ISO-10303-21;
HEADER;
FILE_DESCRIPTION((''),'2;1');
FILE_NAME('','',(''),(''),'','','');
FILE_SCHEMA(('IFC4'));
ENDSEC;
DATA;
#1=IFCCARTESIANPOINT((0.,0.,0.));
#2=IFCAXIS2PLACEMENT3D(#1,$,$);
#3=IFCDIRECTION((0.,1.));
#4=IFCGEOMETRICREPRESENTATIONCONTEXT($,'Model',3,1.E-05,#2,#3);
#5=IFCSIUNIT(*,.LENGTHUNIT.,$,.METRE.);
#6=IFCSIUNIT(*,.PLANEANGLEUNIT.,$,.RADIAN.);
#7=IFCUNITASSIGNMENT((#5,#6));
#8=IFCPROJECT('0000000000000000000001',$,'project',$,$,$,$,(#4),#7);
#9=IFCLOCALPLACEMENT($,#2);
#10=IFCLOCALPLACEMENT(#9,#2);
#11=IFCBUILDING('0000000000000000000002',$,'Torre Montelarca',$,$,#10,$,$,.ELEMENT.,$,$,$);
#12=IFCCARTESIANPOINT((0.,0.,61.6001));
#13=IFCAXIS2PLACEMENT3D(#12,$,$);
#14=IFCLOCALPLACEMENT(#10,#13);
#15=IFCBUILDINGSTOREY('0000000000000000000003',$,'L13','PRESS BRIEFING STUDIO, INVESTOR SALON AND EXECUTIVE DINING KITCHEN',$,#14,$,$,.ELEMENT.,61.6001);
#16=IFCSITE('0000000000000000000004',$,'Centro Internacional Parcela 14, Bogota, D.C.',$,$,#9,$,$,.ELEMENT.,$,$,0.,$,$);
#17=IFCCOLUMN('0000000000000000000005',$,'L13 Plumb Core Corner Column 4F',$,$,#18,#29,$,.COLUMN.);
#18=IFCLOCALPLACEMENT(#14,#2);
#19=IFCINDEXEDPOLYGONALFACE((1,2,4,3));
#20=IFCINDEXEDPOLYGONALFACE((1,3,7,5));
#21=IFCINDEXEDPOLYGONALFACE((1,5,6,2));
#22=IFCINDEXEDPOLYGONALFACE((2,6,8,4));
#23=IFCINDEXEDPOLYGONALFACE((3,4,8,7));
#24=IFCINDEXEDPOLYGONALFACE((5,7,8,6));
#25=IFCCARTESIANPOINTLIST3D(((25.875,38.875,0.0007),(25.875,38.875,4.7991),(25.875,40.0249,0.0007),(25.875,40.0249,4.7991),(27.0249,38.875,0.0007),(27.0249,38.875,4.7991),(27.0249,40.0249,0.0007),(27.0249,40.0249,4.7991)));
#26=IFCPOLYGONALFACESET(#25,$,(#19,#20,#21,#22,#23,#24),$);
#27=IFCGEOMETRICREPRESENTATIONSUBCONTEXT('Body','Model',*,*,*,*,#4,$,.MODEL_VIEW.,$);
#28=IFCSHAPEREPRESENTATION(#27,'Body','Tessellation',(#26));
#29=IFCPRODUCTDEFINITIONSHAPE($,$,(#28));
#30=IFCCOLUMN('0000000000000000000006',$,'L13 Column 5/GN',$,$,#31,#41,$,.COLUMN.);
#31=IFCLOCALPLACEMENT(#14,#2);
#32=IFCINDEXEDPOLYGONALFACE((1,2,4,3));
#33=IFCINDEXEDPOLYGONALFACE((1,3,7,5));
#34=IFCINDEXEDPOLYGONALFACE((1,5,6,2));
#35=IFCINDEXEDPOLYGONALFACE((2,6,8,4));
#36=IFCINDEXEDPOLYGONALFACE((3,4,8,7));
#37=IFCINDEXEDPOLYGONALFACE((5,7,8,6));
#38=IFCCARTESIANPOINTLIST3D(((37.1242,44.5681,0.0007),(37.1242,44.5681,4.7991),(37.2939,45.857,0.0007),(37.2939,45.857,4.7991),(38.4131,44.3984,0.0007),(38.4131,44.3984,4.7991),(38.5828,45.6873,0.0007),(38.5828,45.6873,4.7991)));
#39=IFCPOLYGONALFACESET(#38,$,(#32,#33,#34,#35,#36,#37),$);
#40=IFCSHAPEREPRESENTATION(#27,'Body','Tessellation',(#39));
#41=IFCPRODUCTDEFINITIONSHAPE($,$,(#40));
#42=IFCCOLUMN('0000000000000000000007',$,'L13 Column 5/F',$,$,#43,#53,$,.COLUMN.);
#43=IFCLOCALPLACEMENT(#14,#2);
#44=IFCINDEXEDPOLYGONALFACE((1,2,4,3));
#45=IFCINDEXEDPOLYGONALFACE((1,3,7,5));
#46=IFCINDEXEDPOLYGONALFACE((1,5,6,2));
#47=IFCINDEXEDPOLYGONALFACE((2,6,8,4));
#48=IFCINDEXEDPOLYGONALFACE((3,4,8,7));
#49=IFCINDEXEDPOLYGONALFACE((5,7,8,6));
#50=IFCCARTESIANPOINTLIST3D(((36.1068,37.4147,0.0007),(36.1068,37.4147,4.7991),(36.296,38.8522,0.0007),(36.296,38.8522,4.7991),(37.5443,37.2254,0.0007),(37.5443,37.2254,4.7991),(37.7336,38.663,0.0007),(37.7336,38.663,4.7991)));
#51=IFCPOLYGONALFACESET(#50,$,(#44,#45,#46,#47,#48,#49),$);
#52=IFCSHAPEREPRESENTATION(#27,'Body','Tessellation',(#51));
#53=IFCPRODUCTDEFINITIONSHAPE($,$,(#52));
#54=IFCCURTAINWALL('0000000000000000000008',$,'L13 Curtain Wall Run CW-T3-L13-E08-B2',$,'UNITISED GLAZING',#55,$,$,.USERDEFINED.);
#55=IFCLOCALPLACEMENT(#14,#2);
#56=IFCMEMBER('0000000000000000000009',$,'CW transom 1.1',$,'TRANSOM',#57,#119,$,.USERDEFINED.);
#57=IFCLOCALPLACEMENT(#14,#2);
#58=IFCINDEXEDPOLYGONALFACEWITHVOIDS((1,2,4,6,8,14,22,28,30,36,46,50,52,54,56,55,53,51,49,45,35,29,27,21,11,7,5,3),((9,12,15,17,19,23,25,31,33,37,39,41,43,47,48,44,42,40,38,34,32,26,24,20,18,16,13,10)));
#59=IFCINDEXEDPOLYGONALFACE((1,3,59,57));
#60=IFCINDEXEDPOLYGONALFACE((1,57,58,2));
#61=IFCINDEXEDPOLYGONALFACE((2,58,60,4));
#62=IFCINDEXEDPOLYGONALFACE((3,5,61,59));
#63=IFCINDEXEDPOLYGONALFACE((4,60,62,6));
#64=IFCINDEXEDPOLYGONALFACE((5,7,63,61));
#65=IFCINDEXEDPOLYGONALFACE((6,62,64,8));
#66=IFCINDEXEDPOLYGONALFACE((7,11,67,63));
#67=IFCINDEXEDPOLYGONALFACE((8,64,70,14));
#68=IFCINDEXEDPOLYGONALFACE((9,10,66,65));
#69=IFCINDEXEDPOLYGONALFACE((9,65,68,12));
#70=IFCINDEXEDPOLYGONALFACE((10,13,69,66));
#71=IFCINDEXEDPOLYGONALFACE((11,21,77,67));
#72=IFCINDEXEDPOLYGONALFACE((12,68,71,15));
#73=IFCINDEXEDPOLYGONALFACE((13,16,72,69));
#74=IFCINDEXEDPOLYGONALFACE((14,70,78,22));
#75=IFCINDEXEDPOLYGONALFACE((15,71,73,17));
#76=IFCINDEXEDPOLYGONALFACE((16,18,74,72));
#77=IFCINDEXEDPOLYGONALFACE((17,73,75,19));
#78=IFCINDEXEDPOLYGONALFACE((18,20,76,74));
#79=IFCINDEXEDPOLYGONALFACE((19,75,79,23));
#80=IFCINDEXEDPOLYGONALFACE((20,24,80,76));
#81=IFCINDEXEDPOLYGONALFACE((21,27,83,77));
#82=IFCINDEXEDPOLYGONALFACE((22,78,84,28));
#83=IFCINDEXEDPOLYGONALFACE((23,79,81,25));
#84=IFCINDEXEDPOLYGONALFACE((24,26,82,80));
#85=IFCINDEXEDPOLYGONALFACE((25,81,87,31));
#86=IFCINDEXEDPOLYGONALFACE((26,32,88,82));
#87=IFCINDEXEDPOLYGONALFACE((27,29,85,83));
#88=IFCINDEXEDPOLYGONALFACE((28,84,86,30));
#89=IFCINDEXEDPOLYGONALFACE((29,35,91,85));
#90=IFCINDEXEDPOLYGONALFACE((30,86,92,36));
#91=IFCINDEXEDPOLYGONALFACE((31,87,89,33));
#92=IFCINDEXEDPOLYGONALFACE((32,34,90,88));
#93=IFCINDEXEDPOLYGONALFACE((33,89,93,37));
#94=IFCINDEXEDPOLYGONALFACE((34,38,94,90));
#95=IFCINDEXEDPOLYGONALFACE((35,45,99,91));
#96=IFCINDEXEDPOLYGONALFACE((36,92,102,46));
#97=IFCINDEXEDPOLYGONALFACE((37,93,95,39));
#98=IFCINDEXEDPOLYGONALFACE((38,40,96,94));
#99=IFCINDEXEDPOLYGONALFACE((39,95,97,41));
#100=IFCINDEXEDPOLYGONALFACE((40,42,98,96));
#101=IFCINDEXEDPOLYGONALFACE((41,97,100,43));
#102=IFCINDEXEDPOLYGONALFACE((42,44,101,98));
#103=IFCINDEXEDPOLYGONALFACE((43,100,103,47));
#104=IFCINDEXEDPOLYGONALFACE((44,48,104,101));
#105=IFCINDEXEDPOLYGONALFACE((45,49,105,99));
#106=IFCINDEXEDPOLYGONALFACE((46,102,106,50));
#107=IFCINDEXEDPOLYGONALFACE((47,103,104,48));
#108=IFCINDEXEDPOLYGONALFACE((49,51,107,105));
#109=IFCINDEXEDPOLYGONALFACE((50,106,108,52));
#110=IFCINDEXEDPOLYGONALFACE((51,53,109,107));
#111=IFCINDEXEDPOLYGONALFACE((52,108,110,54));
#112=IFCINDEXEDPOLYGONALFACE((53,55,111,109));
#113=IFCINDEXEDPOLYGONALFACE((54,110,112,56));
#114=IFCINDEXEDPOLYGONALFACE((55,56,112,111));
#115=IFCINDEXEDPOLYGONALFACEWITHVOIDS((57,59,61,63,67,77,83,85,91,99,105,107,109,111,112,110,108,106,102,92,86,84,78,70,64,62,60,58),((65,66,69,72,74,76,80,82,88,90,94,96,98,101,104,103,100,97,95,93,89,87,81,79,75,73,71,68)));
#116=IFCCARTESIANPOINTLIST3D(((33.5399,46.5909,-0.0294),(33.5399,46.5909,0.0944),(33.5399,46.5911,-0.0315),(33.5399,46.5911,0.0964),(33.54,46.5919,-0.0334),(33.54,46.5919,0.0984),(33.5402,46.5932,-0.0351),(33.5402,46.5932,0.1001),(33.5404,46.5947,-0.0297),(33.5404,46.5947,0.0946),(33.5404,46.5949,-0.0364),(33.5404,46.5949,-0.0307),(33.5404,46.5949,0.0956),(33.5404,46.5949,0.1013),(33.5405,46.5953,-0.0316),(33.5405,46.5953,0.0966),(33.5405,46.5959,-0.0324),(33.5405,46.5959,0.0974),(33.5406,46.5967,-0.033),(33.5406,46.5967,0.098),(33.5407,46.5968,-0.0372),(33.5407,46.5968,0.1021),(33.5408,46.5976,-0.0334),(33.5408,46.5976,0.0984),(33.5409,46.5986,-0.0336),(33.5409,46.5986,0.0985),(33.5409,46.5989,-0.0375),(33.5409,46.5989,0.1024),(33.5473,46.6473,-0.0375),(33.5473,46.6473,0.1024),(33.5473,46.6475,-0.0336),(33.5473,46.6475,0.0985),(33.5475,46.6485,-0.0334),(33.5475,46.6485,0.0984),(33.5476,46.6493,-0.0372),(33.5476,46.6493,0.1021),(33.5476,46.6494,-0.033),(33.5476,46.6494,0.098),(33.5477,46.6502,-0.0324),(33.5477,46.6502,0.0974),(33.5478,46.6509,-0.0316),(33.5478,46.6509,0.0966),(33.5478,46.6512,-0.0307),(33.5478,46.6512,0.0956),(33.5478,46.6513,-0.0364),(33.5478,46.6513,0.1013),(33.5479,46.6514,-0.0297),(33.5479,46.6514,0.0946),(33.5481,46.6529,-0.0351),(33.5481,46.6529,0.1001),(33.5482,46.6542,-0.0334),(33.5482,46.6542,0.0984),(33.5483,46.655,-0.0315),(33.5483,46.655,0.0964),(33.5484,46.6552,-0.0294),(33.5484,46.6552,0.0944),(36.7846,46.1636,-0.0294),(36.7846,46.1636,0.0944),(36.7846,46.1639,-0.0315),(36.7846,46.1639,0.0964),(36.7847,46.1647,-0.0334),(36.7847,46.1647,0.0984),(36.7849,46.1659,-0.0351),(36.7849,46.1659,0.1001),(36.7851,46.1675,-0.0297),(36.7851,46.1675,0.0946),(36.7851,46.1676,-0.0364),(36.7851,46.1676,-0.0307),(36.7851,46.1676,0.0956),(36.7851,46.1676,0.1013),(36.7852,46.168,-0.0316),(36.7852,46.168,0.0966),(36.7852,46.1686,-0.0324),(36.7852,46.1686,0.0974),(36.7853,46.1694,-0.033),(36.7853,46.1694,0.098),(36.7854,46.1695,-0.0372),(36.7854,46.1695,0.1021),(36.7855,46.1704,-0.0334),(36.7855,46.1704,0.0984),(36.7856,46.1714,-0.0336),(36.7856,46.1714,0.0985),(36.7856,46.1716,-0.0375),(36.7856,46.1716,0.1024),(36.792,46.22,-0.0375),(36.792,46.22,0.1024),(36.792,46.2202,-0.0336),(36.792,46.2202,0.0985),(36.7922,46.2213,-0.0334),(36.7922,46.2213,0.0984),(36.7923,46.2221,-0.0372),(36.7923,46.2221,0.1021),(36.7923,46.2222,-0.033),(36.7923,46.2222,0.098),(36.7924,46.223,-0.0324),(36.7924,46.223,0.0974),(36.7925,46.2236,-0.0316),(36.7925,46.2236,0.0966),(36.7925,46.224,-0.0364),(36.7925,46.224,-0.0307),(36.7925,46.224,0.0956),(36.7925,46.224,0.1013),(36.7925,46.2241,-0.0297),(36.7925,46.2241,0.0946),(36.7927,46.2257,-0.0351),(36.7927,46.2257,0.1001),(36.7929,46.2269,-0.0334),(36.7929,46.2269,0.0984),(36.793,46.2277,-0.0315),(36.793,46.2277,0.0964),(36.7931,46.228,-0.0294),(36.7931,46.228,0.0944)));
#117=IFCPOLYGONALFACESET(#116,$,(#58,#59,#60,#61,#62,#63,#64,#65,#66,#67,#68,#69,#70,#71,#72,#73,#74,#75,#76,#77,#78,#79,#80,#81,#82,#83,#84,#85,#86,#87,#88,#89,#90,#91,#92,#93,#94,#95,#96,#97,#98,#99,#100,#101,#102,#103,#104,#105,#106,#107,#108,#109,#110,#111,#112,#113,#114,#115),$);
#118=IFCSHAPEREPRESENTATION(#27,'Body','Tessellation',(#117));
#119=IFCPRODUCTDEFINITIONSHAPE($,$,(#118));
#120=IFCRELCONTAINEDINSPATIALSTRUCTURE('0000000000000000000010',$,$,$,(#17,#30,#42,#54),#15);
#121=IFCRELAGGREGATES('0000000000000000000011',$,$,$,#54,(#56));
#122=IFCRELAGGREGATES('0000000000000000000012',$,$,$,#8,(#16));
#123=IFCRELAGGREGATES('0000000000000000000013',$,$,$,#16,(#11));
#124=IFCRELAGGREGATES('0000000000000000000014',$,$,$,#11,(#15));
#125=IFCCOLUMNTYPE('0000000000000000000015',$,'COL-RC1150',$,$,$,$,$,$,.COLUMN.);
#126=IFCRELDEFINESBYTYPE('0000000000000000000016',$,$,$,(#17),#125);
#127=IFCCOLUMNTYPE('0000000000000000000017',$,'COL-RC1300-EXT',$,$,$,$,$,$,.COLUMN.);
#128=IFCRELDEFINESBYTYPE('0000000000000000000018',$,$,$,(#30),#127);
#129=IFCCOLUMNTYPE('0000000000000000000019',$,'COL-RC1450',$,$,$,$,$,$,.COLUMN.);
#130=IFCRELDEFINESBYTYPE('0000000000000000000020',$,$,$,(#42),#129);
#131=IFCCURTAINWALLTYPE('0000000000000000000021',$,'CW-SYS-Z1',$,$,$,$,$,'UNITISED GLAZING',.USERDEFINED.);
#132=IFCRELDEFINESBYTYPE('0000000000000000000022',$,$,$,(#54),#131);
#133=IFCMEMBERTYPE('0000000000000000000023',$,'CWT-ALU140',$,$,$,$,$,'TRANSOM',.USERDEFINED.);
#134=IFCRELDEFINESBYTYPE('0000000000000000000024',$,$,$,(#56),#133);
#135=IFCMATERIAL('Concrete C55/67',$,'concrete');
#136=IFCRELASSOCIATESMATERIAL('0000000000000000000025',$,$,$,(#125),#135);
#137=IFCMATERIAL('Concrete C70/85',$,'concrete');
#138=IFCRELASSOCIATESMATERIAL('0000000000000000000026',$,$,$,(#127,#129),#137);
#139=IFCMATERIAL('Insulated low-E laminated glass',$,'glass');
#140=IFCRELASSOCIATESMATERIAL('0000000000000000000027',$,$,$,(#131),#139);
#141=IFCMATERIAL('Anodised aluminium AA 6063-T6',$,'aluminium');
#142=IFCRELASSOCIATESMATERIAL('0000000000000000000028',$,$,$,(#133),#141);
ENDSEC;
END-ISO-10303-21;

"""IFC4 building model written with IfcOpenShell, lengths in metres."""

from ifc_helpers import new_model, si_unit, direction, frame, origin, origin_2d, place, context, subcontext, project, spatial, rectangle, hollow_rectangle, extrude, source, transform, mapped, material, material_profile, profile_set, type_object, element, aggregate, save


model = new_model("IFC4")

# Units and contexts
model_context = context("Model", 3, precision=1e-05, world=origin(), true_north=direction((0.0, 1.0)))
body_context = subcontext(model_context, "Body", "Model", "MODEL_VIEW")
ifc_project = project(units=[si_unit("LENGTHUNIT", "METRE"), si_unit("PLANEANGLEUNIT", "RADIAN")], contexts=[model_context])

# Site, building, storey
site_placement = place(None, origin())
site = spatial("IfcSite", under=ifc_project, at=site_placement, Name="Centro Internacional Parcela 14, Bogota, D.C.", CompositionType="ELEMENT", RefElevation=0.0)
building_placement = place(site_placement, origin())
building = spatial("IfcBuilding", under=site, at=building_placement, Name="Torre Montelarca", CompositionType="ELEMENT")
storey_placement = place(building_placement, frame((0.0, 0.0, 61.6001)))
storey = spatial("IfcBuildingStorey", under=building, at=storey_placement, Name="L13", Description="PRESS BRIEFING STUDIO, INVESTOR SALON AND EXECUTIVE DINING KITCHEN", CompositionType="ELEMENT", Elevation=61.6001)

# Columns
ifc_material_1 = material(Name="Concrete C55/67", Category="concrete")
ifc_material_profile_1 = material_profile(ifc_material_1, rectangle(XDim=1.1499, YDim=1.1499, at=origin_2d()), Name="RC1150X1150", Category="concrete")
ifc_profile_set_1 = profile_set([ifc_material_profile_1], Name="Concrete C55/67")
column_type_1 = type_object("IfcColumnType", Name="COL-RC1150", PredefinedType="COLUMN", material=ifc_profile_set_1)
shared_shape_1 = source(origin(), body_context, "Body", "SweptSolid", [
    extrude(rectangle(XDim=1.1499, YDim=1.1499, at=origin_2d()), origin(), (0.0, 0.0, 1.0), 4.7983),
])
column_1_placement = place(storey_placement, frame((26.45, 39.45, 0.0007), z_axis=(0.0, 0.0, 1.0), x_axis=(1.0, 0.0, 0.0)))
element("IfcColumn", 1, at=column_1_placement, inside=storey, type_object=column_type_1, Name="L13 Plumb Core Corner Column 4F", PredefinedType="COLUMN", context=body_context, shape_type="MappedRepresentation", body=[
    mapped(shared_shape_1, transform((0.0, 0.0, 0.0), scale=1.0)),
])
ifc_material_2 = material(Name="Concrete C70/85", Category="concrete")
ifc_material_profile_2 = material_profile(ifc_material_2, rectangle(XDim=1.3, YDim=1.3, at=origin_2d()), Name="RC1300X1300", Category="concrete")
ifc_profile_set_2 = profile_set([ifc_material_profile_2], Name="Concrete C70/85")
column_type_2 = type_object("IfcColumnType", Name="COL-RC1300-EXT", PredefinedType="COLUMN", material=ifc_profile_set_2)
shared_shape_2 = source(origin(), body_context, "Body", "SweptSolid", [
    extrude(rectangle(XDim=1.3, YDim=1.3, at=origin_2d()), origin(), (0.0, 0.0, 1.0), 4.7983),
])
column_2_placement = place(storey_placement, frame((37.8535, 45.1277, 0.0007), z_axis=(0.0, 0.0, 1.0), x_axis=(-0.991445, 0.130526, 0.0)))
element("IfcColumn", 2, at=column_2_placement, inside=storey, type_object=column_type_2, Name="L13 Column 5/GN", PredefinedType="COLUMN", context=body_context, shape_type="MappedRepresentation", body=[
    mapped(shared_shape_2, transform((0.0, 0.0, 0.0), scale=1.0)),
])
ifc_material_profile_3 = material_profile(ifc_material_2, rectangle(XDim=1.45, YDim=1.45, at=origin_2d()), Name="RC1450X1450", Category="concrete")
ifc_profile_set_3 = profile_set([ifc_material_profile_3], Name="Concrete C70/85")
column_type_3 = type_object("IfcColumnType", Name="COL-RC1450", PredefinedType="COLUMN", material=ifc_profile_set_3)
shared_shape_3 = source(origin(), body_context, "Body", "SweptSolid", [
    extrude(rectangle(XDim=1.45, YDim=1.45, at=origin_2d()), origin(), (0.0, 0.0, 1.0), 4.7983),
])
column_3_placement = place(storey_placement, frame((36.9202, 38.0388, 0.0007), z_axis=(0.0, 0.0, 1.0), x_axis=(-0.991445, 0.130526, 0.0)))
element("IfcColumn", 3, at=column_3_placement, inside=storey, type_object=column_type_3, Name="L13 Column 5/F", PredefinedType="COLUMN", context=body_context, shape_type="MappedRepresentation", body=[
    mapped(shared_shape_3, transform((0.0, 0.0, 0.0), scale=1.0)),
])

# Curtain wall, member
ifc_material_3 = material(Name="Insulated low-E laminated glass", Category="glass")
curtain_wall_type = type_object("IfcCurtainWallType", Name="CW-SYS-Z1", ElementType="UNITISED GLAZING", PredefinedType="USERDEFINED", material=ifc_material_3)
curtain_wall_1_placement = place(storey_placement, origin())
curtain_wall_1 = element("IfcCurtainWall", 4, at=curtain_wall_1_placement, inside=storey, type_object=curtain_wall_type, Name="L13 Curtain Wall Run CW-T3-L13-E08-B2", ObjectType="UNITISED GLAZING", PredefinedType="USERDEFINED")
ifc_material_4 = material(Name="Anodised aluminium AA 6063-T6", Category="aluminium")
ifc_material_profile_4 = material_profile(ifc_material_4, hollow_rectangle(XDim=0.0649, YDim=0.1399, WallThickness=0.0039, InnerFilletRadius=0.0039, OuterFilletRadius=0.0081, at=origin_2d()), Name="ALU65X140X4", Category="aluminium")
ifc_profile_set_4 = profile_set([ifc_material_profile_4], Name="Anodised aluminium AA 6063-T6")
member_type_1 = type_object("IfcMemberType", Name="CWT-ALU140", ElementType="TRANSOM", PredefinedType="USERDEFINED", material=ifc_profile_set_4)
shared_shape_4 = source(origin(), body_context, "Body", "SweptSolid", [
    extrude(hollow_rectangle(XDim=0.0649, YDim=0.1399, WallThickness=0.0039, InnerFilletRadius=0.0039, OuterFilletRadius=0.0081, at=origin_2d()), origin(), (0.0, 0.0, 1.0), 3.2727),
])
member_1_placement = place(storey_placement, frame((36.7888, 46.1958, 0.0325), z_axis=(-0.991442, 0.130551, 0.0), x_axis=(-0.130551, -0.991442, 0.0)))
member_1 = element("IfcMember", 5, at=member_1_placement, type_object=member_type_1, Name="CW transom 1.1", ObjectType="TRANSOM", PredefinedType="USERDEFINED", context=body_context, shape_type="MappedRepresentation", body=[
    mapped(shared_shape_4, transform((0.0, 0.0, 0.0), scale=1.0)),
])

aggregate(curtain_wall_1, [member_1])

save(model, "model.ifc")
